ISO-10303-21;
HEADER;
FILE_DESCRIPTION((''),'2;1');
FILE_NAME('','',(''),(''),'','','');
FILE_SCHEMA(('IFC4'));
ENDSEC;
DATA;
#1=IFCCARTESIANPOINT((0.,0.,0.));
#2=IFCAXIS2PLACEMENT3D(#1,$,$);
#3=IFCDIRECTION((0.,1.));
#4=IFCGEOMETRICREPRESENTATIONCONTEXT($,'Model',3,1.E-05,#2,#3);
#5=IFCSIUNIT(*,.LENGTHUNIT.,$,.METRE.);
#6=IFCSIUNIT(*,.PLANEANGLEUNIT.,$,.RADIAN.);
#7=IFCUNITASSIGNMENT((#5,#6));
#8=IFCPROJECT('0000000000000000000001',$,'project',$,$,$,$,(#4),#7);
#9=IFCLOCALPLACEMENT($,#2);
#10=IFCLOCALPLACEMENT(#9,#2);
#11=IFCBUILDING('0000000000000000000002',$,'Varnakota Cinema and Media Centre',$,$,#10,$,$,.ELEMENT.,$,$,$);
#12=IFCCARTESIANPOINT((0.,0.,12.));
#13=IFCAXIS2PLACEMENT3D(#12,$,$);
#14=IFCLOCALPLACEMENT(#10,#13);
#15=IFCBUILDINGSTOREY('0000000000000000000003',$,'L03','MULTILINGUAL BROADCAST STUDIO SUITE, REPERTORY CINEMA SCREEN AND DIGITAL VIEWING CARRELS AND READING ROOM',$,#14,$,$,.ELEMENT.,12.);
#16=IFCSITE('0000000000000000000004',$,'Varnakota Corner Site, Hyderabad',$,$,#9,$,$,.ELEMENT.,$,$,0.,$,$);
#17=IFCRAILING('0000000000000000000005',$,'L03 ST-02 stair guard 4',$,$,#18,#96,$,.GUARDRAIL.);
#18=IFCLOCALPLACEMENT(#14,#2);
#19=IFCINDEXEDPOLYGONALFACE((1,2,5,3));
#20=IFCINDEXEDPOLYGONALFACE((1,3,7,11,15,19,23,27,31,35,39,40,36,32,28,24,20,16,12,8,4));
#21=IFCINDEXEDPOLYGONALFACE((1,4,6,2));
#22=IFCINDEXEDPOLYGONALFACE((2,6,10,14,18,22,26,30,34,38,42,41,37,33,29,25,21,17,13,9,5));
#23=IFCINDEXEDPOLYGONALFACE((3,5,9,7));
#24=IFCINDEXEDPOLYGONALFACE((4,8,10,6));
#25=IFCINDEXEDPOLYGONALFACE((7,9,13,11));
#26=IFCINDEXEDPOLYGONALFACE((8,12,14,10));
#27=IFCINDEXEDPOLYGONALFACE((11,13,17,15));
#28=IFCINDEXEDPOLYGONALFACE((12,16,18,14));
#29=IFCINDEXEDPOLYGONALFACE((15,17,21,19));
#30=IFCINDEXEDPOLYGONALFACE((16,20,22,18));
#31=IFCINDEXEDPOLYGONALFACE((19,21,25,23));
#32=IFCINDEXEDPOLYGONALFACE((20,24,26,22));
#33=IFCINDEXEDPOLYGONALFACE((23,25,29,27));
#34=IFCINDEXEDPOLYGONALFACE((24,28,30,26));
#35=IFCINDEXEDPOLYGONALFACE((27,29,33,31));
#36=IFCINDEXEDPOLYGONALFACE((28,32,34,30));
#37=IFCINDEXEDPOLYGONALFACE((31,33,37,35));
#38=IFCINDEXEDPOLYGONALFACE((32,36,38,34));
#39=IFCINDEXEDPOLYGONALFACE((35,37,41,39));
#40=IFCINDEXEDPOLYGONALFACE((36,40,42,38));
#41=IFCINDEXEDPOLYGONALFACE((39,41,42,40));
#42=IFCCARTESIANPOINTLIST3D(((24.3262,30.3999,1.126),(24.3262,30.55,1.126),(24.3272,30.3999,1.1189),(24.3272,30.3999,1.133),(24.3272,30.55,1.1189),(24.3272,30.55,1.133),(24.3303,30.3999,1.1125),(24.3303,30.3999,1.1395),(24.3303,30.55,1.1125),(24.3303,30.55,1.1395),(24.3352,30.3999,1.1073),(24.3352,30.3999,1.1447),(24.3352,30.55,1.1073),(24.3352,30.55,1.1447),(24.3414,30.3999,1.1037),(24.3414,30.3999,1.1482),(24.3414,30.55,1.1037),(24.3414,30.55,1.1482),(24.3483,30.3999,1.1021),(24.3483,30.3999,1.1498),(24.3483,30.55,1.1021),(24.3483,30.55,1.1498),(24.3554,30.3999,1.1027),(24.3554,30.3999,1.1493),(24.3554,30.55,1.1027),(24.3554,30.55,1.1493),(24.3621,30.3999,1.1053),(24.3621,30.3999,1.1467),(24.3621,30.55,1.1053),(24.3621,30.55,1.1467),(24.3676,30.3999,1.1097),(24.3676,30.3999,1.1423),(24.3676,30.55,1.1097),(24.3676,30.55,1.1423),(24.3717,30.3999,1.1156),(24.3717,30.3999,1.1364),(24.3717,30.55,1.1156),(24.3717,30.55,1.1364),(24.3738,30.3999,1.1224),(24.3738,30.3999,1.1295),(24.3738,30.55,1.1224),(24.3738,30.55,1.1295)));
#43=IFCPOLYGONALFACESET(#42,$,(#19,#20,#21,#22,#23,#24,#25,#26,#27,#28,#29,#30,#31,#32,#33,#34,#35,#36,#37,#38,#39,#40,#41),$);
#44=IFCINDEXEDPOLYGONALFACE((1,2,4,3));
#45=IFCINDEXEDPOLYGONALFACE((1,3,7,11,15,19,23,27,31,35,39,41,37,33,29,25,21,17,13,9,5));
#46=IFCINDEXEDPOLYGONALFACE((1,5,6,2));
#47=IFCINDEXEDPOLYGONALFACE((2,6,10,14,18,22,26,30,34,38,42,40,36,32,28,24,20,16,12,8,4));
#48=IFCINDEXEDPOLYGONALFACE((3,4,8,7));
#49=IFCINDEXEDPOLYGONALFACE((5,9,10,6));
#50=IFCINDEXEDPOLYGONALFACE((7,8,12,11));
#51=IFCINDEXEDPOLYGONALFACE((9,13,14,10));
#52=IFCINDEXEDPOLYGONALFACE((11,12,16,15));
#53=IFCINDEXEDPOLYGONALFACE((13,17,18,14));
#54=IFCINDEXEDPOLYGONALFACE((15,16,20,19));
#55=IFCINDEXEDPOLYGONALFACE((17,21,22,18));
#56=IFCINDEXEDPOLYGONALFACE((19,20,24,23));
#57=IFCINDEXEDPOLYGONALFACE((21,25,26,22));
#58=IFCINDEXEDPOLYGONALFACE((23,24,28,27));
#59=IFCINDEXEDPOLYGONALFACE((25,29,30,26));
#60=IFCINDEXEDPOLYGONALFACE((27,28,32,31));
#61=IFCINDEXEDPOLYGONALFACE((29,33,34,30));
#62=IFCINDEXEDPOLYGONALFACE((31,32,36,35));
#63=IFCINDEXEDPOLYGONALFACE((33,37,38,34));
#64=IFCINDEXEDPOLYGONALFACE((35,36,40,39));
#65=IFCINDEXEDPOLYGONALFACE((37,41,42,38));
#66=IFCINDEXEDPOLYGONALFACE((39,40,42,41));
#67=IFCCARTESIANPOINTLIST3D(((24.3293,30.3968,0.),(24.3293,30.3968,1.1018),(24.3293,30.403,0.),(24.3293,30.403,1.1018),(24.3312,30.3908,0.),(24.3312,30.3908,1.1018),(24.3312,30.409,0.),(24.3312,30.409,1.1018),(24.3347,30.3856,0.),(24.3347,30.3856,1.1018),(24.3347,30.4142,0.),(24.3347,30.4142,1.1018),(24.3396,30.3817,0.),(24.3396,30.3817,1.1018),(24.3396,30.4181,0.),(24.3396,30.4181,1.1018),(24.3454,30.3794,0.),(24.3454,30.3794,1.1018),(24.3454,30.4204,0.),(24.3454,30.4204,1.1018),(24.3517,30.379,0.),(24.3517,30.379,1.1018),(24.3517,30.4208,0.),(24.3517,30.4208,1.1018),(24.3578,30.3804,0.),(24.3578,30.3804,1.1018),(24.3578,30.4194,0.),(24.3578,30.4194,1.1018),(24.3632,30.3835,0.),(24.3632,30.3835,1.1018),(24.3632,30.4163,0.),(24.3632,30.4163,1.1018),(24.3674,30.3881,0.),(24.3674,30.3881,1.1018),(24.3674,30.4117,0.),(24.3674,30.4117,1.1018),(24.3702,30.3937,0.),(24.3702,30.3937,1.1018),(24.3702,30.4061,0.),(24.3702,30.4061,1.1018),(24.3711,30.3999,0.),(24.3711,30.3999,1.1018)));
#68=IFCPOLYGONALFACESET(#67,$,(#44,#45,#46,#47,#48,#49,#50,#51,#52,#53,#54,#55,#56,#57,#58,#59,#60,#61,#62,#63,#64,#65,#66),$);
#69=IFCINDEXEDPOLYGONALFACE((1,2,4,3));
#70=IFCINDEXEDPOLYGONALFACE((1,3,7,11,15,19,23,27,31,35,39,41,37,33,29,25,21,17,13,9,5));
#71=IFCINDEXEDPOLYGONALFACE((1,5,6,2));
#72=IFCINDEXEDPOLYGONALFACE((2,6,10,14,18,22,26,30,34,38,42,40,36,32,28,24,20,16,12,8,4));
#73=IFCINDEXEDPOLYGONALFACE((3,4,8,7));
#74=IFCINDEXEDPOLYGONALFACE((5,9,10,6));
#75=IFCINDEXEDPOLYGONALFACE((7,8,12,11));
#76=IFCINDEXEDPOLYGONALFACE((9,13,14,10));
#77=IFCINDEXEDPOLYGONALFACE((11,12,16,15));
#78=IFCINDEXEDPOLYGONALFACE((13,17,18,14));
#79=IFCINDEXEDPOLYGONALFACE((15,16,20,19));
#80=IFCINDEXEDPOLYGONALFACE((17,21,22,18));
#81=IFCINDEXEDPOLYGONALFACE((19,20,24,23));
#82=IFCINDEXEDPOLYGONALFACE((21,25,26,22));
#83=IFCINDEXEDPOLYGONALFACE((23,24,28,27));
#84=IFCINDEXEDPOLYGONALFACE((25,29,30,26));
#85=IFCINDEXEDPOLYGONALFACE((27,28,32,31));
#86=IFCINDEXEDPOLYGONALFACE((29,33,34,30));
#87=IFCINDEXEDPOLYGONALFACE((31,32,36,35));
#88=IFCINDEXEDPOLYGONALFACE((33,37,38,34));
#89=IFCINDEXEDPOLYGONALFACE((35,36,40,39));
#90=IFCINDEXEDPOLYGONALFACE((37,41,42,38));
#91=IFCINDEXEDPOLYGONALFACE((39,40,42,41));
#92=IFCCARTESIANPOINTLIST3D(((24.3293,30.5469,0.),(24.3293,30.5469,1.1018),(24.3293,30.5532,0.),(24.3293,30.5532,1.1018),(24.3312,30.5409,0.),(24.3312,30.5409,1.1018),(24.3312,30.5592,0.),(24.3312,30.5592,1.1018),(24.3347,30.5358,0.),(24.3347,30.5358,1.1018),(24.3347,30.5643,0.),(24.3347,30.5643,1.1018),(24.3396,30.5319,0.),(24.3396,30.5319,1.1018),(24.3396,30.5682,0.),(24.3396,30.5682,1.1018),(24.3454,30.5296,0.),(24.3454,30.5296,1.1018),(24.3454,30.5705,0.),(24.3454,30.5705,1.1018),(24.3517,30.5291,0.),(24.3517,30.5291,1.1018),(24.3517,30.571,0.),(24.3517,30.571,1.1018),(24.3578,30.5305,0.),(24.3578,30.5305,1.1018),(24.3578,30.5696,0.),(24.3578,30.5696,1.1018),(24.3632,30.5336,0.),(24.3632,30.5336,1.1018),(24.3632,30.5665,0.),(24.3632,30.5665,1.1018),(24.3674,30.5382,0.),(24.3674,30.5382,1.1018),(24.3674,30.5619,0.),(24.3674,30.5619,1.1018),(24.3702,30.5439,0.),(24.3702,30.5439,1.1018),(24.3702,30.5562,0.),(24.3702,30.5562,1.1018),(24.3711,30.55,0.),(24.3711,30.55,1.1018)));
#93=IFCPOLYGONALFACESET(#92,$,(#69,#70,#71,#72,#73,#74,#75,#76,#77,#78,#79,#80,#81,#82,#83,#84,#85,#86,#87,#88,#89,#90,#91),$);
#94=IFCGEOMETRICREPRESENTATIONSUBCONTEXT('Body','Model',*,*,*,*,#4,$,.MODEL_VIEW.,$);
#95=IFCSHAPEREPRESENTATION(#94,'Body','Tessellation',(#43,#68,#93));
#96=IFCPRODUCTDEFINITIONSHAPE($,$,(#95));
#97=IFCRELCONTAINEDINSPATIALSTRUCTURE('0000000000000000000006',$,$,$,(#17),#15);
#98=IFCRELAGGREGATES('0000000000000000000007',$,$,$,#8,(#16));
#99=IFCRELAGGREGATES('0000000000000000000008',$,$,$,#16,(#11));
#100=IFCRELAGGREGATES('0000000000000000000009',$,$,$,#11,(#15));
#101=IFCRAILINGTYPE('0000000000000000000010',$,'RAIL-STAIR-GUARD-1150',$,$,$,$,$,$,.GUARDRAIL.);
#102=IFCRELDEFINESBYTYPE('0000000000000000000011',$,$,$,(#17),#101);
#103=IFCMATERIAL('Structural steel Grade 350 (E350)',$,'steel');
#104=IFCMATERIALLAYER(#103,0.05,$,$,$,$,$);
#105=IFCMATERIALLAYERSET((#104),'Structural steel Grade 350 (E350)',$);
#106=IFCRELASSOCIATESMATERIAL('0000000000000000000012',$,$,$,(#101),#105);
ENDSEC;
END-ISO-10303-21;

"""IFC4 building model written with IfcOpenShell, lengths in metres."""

from ifc_helpers import new_model, si_unit, direction, frame, origin, origin_2d, place, context, subcontext, project, spatial, circle, extrude, material, layer, layer_set, type_object, element, save


model = new_model("IFC4")

# Units and contexts
model_context = context("Model", 3, precision=1e-05, world=origin(), true_north=direction((0.0, 1.0)))
body_context = subcontext(model_context, "Body", "Model", "MODEL_VIEW")
ifc_project = project(units=[si_unit("LENGTHUNIT", "METRE"), si_unit("PLANEANGLEUNIT", "RADIAN")], contexts=[model_context])

# Site, building, storey
site_placement = place(None, origin())
site = spatial("IfcSite", under=ifc_project, at=site_placement, Name="Varnakota Corner Site, Hyderabad", CompositionType="ELEMENT", RefElevation=0.0)
building_placement = place(site_placement, origin())
building = spatial("IfcBuilding", under=site, at=building_placement, Name="Varnakota Cinema and Media Centre", CompositionType="ELEMENT")
storey_placement = place(building_placement, frame((0.0, 0.0, 12.0)))
storey = spatial("IfcBuildingStorey", under=building, at=storey_placement, Name="L03", Description="MULTILINGUAL BROADCAST STUDIO SUITE, REPERTORY CINEMA SCREEN AND DIGITAL VIEWING CARRELS AND READING ROOM", CompositionType="ELEMENT", Elevation=12.0)

# Railing
ifc_material_1 = material(Name="Structural steel Grade 350 (E350)", Category="steel")
ifc_layer_1 = layer(ifc_material_1, 0.05)
ifc_layer_set_1 = layer_set([ifc_layer_1], Name="Structural steel Grade 350 (E350)")
railing_type_1 = type_object("IfcRailingType", Name="RAIL-STAIR-GUARD-1150", PredefinedType="GUARDRAIL", material=ifc_layer_set_1)
railing_1_placement = place(storey_placement, frame((24.3501, 30.3999, 0.0)))
element("IfcRailing", 1, at=railing_1_placement, inside=storey, type_object=railing_type_1, Name="L03 ST-02 stair guard 4", PredefinedType="GUARDRAIL", context=body_context, shape_type="SweptSolid", body=[
    extrude(circle(Radius=0.0239, at=origin_2d()), frame((0.0, 0.0, 1.126), z_axis=(0.0, 1.0, 0.0), x_axis=(-1.0, 0.0, 0.0)), (0.0, 0.0, 1.0), 0.1501),
    extrude(circle(Radius=0.021, at=origin_2d()), origin(), (0.0, 0.0, 1.0), 1.1018),
    extrude(circle(Radius=0.021, at=origin_2d()), frame((0.0, 0.1501, 0.0)), (0.0, 0.0, 1.0), 1.1018),
])

save(model, "model.ifc")
